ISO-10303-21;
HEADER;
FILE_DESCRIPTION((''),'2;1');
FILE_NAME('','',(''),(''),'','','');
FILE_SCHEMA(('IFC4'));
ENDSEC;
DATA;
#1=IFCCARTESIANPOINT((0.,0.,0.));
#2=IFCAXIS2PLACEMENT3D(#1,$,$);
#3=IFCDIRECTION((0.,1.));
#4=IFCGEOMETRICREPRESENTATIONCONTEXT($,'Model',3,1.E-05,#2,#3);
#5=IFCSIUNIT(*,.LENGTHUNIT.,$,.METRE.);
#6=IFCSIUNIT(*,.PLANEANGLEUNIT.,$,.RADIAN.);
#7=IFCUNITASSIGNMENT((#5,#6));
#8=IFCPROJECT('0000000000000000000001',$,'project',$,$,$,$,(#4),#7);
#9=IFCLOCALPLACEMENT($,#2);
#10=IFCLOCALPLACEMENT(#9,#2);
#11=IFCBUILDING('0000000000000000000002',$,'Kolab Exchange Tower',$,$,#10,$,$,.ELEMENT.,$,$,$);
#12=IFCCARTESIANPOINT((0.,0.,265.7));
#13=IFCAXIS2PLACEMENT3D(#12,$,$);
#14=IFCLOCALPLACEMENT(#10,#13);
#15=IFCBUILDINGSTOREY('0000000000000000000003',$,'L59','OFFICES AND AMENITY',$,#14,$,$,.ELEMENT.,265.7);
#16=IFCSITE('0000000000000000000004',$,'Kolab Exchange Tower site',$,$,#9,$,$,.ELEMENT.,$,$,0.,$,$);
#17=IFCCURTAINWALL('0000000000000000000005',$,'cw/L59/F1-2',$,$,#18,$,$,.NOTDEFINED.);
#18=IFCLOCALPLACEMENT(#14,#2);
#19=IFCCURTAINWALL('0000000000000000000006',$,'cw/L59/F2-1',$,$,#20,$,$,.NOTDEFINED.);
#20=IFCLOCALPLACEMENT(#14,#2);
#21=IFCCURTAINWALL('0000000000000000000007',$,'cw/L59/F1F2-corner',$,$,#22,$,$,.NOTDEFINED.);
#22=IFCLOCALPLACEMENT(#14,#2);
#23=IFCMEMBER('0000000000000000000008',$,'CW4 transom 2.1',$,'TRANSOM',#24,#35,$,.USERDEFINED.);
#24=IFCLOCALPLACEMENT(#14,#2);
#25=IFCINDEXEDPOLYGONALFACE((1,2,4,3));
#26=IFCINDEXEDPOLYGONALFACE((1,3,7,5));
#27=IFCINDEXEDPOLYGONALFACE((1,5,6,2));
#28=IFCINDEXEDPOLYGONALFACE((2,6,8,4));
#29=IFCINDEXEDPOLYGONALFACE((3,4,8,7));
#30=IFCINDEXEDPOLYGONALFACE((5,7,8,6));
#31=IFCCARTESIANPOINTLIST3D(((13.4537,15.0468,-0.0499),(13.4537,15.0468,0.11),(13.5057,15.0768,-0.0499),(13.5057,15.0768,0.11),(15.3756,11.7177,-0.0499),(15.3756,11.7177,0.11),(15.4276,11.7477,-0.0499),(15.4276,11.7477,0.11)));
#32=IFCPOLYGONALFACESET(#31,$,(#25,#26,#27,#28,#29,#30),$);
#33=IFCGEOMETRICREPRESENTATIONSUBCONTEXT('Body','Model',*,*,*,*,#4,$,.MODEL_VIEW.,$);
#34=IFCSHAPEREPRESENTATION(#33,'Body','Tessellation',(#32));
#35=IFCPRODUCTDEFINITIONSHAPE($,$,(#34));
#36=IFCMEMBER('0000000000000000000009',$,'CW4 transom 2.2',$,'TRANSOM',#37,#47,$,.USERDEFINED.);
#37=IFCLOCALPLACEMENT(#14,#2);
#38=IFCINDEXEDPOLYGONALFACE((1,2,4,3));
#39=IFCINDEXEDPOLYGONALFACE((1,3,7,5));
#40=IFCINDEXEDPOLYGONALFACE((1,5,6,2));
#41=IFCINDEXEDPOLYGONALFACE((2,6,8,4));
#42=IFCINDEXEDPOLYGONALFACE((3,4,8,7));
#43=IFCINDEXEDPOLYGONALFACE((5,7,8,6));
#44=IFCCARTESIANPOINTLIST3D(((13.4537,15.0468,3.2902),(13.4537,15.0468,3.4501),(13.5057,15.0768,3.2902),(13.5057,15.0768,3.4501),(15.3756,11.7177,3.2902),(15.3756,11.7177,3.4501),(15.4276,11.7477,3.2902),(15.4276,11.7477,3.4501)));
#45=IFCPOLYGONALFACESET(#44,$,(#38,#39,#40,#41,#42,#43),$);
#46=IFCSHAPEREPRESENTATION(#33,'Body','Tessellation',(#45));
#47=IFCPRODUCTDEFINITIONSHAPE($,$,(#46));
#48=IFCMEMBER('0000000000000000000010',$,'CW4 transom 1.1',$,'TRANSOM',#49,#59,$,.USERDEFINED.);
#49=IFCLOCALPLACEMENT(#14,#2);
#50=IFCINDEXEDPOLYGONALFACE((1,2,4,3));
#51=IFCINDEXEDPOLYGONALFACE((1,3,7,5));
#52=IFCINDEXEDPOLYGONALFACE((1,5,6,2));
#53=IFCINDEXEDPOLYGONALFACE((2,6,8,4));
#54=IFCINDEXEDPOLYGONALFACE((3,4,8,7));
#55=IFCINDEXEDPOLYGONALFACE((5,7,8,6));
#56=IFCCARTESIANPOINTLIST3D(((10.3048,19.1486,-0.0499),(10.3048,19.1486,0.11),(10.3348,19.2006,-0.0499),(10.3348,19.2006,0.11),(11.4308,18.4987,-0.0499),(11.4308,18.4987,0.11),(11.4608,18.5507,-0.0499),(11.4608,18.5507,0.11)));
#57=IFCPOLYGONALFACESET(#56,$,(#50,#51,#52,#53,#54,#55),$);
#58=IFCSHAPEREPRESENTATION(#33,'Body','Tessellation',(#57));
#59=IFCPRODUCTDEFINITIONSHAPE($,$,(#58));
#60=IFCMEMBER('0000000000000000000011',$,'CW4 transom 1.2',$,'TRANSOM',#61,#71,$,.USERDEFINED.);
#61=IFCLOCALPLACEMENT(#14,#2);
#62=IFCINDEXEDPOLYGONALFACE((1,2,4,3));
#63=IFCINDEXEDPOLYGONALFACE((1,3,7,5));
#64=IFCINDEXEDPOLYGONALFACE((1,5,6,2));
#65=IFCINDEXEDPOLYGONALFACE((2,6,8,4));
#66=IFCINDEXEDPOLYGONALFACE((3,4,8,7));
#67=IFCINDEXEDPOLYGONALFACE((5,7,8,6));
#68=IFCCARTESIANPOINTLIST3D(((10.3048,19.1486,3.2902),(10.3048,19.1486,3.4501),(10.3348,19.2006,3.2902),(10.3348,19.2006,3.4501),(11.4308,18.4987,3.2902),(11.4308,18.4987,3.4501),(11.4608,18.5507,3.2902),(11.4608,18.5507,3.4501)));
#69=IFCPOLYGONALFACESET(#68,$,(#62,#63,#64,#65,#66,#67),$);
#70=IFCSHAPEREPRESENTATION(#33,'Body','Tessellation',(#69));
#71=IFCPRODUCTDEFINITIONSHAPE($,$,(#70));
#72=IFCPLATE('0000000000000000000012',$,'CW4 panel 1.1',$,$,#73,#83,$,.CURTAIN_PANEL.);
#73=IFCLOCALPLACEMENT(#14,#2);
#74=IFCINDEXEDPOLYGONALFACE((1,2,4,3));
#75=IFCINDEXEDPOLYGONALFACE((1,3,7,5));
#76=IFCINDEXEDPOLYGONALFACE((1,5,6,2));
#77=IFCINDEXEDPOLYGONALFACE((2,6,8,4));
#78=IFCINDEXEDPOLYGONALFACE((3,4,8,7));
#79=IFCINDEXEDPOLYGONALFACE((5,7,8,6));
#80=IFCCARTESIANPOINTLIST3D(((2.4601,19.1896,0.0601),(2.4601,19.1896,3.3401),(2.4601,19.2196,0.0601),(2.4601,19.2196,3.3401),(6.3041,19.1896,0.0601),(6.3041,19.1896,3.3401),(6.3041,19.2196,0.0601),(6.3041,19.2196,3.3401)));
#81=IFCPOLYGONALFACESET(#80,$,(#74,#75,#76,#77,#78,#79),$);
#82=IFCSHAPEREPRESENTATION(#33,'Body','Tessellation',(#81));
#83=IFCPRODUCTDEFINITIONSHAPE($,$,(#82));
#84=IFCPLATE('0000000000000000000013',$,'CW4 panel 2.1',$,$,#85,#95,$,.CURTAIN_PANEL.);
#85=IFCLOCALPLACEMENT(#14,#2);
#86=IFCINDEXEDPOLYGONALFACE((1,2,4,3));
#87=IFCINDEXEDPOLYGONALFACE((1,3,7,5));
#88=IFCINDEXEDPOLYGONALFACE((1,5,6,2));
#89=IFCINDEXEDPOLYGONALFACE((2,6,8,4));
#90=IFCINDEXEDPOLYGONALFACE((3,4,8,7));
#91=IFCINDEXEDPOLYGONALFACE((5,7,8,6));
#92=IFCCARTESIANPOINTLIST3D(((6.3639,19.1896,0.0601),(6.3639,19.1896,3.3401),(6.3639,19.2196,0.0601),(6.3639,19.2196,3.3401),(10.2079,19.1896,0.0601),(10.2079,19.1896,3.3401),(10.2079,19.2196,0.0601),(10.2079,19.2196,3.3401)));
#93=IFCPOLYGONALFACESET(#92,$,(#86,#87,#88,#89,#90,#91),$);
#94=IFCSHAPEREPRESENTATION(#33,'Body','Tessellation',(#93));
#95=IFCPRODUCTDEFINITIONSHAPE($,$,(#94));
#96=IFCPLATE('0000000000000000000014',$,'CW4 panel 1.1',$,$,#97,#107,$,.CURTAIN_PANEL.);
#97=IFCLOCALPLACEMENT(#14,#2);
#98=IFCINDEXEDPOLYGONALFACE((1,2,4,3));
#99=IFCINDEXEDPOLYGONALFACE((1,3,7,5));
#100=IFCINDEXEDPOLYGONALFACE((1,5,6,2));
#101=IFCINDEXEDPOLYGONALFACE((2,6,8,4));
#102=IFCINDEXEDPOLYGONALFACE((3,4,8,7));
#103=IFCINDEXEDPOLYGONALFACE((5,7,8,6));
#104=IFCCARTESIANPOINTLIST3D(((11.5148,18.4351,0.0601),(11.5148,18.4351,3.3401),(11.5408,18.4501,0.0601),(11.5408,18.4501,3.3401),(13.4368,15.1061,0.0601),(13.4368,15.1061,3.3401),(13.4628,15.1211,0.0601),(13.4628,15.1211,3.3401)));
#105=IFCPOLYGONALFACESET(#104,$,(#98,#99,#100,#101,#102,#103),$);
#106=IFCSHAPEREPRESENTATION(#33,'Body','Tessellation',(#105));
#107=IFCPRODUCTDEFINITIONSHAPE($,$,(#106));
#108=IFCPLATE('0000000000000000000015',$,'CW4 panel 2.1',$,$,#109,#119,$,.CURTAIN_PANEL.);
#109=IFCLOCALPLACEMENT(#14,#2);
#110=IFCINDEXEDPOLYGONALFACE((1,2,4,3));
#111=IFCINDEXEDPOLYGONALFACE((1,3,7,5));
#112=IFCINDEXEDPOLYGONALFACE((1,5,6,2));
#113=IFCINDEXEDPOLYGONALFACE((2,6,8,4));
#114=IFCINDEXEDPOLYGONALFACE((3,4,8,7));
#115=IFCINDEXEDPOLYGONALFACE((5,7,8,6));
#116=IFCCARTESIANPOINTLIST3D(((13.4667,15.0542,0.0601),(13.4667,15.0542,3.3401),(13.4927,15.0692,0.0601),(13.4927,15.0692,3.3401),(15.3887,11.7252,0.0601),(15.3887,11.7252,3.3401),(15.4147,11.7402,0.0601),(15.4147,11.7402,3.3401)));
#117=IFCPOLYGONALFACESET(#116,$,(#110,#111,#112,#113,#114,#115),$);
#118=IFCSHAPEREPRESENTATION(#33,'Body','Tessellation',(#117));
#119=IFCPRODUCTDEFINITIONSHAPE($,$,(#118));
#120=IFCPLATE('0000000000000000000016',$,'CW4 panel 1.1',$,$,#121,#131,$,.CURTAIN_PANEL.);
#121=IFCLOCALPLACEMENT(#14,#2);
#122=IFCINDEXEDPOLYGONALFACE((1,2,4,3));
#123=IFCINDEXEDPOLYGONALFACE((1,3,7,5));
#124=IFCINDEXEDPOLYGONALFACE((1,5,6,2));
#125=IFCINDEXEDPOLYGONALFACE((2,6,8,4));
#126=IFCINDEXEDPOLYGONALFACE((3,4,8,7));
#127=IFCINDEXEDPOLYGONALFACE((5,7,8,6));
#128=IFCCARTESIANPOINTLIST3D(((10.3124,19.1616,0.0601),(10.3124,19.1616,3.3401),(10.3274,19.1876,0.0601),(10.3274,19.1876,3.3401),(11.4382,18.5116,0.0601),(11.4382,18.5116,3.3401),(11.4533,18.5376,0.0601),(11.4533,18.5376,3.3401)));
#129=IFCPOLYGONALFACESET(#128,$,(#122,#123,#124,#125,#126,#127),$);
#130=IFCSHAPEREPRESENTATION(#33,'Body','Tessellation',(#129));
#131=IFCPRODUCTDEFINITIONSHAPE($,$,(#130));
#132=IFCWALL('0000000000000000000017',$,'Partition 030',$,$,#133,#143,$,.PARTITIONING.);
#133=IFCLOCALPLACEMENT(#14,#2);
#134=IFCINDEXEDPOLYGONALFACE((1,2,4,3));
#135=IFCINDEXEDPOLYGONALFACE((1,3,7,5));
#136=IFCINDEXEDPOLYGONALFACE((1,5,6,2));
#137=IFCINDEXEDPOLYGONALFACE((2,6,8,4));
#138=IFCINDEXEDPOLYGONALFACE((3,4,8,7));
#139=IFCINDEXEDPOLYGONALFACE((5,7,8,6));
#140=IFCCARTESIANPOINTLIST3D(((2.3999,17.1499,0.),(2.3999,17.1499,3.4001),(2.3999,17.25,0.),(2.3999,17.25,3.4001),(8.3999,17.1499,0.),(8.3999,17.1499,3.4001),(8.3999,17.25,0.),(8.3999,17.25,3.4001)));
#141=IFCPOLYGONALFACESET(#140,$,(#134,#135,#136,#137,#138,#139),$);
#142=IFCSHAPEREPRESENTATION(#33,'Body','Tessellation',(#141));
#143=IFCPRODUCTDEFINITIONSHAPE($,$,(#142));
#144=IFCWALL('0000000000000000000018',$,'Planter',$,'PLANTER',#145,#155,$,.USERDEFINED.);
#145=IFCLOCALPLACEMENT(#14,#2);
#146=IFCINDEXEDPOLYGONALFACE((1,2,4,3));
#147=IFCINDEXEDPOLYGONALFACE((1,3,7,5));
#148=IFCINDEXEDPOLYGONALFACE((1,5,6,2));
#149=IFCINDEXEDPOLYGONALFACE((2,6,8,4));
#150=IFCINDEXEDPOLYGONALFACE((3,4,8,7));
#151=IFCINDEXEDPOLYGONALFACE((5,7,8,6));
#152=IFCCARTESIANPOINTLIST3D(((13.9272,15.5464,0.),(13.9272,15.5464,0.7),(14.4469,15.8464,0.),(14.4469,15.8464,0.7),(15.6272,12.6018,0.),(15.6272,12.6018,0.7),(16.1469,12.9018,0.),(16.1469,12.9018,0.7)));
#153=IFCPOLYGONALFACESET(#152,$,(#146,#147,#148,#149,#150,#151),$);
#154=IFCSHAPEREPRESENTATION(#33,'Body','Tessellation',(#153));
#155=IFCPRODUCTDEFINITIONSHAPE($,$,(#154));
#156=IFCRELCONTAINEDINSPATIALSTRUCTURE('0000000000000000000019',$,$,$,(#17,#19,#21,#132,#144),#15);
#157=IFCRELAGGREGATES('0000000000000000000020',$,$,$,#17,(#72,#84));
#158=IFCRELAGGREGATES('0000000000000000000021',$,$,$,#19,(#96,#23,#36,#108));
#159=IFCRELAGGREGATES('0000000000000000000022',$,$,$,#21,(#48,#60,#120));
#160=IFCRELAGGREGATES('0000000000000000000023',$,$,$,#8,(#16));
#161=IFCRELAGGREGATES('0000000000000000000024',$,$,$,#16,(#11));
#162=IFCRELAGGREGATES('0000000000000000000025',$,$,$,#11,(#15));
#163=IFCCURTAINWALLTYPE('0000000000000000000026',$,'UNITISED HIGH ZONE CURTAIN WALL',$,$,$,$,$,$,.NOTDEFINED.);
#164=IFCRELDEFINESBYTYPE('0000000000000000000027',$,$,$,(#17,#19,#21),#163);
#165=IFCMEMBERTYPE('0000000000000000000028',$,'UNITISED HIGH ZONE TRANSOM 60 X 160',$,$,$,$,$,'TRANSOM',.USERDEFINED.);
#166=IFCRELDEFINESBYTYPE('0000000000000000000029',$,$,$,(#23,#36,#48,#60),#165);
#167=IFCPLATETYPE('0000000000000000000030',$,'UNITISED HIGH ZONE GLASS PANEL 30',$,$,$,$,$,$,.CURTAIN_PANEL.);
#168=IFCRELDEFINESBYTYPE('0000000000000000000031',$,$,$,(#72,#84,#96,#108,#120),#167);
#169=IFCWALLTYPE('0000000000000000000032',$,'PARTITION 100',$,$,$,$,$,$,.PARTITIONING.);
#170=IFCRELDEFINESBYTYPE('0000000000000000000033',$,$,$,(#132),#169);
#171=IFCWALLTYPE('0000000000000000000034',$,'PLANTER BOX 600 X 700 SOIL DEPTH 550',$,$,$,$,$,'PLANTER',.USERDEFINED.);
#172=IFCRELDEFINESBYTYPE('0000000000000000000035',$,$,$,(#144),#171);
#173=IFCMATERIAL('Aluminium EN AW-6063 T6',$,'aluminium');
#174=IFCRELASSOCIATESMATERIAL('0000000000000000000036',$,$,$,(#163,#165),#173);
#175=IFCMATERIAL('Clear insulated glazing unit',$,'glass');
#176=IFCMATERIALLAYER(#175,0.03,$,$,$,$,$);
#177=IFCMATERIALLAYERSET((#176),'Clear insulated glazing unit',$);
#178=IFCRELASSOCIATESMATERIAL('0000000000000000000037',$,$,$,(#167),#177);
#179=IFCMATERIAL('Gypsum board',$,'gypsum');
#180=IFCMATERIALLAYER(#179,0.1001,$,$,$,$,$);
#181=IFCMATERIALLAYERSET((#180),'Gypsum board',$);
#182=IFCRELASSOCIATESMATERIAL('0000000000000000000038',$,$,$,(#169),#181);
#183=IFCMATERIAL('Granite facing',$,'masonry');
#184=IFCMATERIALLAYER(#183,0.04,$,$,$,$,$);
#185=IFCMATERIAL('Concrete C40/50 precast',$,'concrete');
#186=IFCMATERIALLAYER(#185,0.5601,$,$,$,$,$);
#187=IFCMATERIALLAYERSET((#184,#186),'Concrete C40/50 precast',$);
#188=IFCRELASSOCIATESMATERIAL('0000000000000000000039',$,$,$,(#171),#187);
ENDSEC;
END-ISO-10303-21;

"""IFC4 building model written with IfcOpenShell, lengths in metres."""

from ifc_helpers import new_model, si_unit, direction, frame, frame_2d, origin, origin_2d, place, context, subcontext, project, spatial, rectangle, extrude, material, layer, layer_set, material_profile, profile_set, type_object, element, aggregate, save


model = new_model("IFC4")

# Units and contexts
model_context = context("Model", 3, precision=1e-05, world=origin(), true_north=direction((0.0, 1.0)))
body_context = subcontext(model_context, "Body", "Model", "MODEL_VIEW")
ifc_project = project(units=[si_unit("LENGTHUNIT", "METRE"), si_unit("PLANEANGLEUNIT", "RADIAN")], contexts=[model_context])

# Site, building, storey
site_placement = place(None, origin())
site = spatial("IfcSite", under=ifc_project, at=site_placement, Name="Kolab Exchange Tower site", CompositionType="ELEMENT", RefElevation=0.0)
building_placement = place(site_placement, origin())
building = spatial("IfcBuilding", under=site, at=building_placement, Name="Kolab Exchange Tower", CompositionType="ELEMENT")
storey_placement = place(building_placement, frame((0.0, 0.0, 265.7)))
storey = spatial("IfcBuildingStorey", under=building, at=storey_placement, Name="L59", Description="OFFICES AND AMENITY", CompositionType="ELEMENT", Elevation=265.7)

# Curtain walls
ifc_material_1 = material(Name="Aluminium EN AW-6063 T6", Category="aluminium")
curtain_wall_type = type_object("IfcCurtainWallType", Name="UNITISED HIGH ZONE CURTAIN WALL", PredefinedType="NOTDEFINED", material=ifc_material_1)
curtain_wall_1_placement = place(storey_placement, origin())
curtain_wall_1 = element("IfcCurtainWall", 1, at=curtain_wall_1_placement, inside=storey, type_object=curtain_wall_type, Name="cw/L59/F1-2", PredefinedType="NOTDEFINED")
curtain_wall_2_placement = place(storey_placement, origin())
curtain_wall_2 = element("IfcCurtainWall", 2, at=curtain_wall_2_placement, inside=storey, type_object=curtain_wall_type, Name="cw/L59/F2-1", PredefinedType="NOTDEFINED")
curtain_wall_3_placement = place(storey_placement, origin())
curtain_wall_3 = element("IfcCurtainWall", 3, at=curtain_wall_3_placement, inside=storey, type_object=curtain_wall_type, Name="cw/L59/F1F2-corner", PredefinedType="NOTDEFINED")

# Members
ifc_material_profile_1 = material_profile(ifc_material_1, rectangle(XDim=0.0601, YDim=0.1599, at=origin_2d()), Name="RECT 60X160")
ifc_profile_set_1 = profile_set([ifc_material_profile_1], Name="Aluminium EN AW-6063 T6")
member_type_1 = type_object("IfcMemberType", Name="UNITISED HIGH ZONE TRANSOM 60 X 160", ElementType="TRANSOM", PredefinedType="USERDEFINED", material=ifc_profile_set_1)
member_1_placement = place(storey_placement, frame((13.4797, 15.0618, 0.03), z_axis=(0.499964, -0.866046, 0.0), x_axis=(0.866046, 0.499964, 0.0)))
member_1 = element("IfcMember", 4, at=member_1_placement, type_object=member_type_1, Name="CW4 transom 2.1", ObjectType="TRANSOM", PredefinedType="USERDEFINED", context=body_context, shape_type="SweptSolid", body=[
    extrude(rectangle(XDim=0.0601, YDim=0.1599, at=origin_2d()), origin(), (0.0, 0.0, 1.0), 3.844),
])
member_2_placement = place(storey_placement, frame((13.4797, 15.0618, 3.3701), z_axis=(0.499964, -0.866046, 0.0), x_axis=(0.866046, 0.499964, 0.0)))
member_2 = element("IfcMember", 5, at=member_2_placement, type_object=member_type_1, Name="CW4 transom 2.2", ObjectType="TRANSOM", PredefinedType="USERDEFINED", context=body_context, shape_type="SweptSolid", body=[
    extrude(rectangle(XDim=0.0601, YDim=0.1599, at=origin_2d()), origin(), (0.0, 0.0, 1.0), 3.844),
])
member_3_placement = place(storey_placement, frame((10.3198, 19.1746, 0.03), z_axis=(0.866086, -0.499896, 0.0), x_axis=(0.499896, 0.866086, 0.0)))
member_3 = element("IfcMember", 6, at=member_3_placement, type_object=member_type_1, Name="CW4 transom 1.1", ObjectType="TRANSOM", PredefinedType="USERDEFINED", context=body_context, shape_type="SweptSolid", body=[
    extrude(rectangle(XDim=0.0601, YDim=0.1599, at=origin_2d()), origin(), (0.0, 0.0, 1.0), 1.3),
])
member_4_placement = place(storey_placement, frame((10.3198, 19.1746, 3.3701), z_axis=(0.866086, -0.499896, 0.0), x_axis=(0.499896, 0.866086, 0.0)))
member_4 = element("IfcMember", 7, at=member_4_placement, type_object=member_type_1, Name="CW4 transom 1.2", ObjectType="TRANSOM", PredefinedType="USERDEFINED", context=body_context, shape_type="SweptSolid", body=[
    extrude(rectangle(XDim=0.0601, YDim=0.1599, at=origin_2d()), origin(), (0.0, 0.0, 1.0), 1.3),
])

# Plates
ifc_material_2 = material(Name="Clear insulated glazing unit", Category="glass")
ifc_layer_1 = layer(ifc_material_2, 0.03)
ifc_layer_set_1 = layer_set([ifc_layer_1], Name="Clear insulated glazing unit")
plate_type = type_object("IfcPlateType", Name="UNITISED HIGH ZONE GLASS PANEL 30", PredefinedType="CURTAIN_PANEL", material=ifc_layer_set_1)
plate_1_placement = place(storey_placement, frame((4.3821, 19.2046, 0.0601), z_axis=(0.0, 0.0, 1.0), x_axis=(1.0, 0.0, 0.0)))
plate_1 = element("IfcPlate", 8, at=plate_1_placement, type_object=plate_type, Name="CW4 panel 1.1", PredefinedType="CURTAIN_PANEL", context=body_context, shape_type="SweptSolid", body=[
    extrude(rectangle(XDim=3.844, YDim=0.03, at=origin_2d()), origin(), (0.0, 0.0, 1.0), 3.28),
])
plate_2_placement = place(storey_placement, frame((8.2859, 19.2046, 0.0601), z_axis=(0.0, 0.0, 1.0), x_axis=(1.0, 0.0, 0.0)))
plate_2 = element("IfcPlate", 9, at=plate_2_placement, type_object=plate_type, Name="CW4 panel 2.1", PredefinedType="CURTAIN_PANEL", context=body_context, shape_type="SweptSolid", body=[
    extrude(rectangle(XDim=3.844, YDim=0.03, at=origin_2d()), origin(), (0.0, 0.0, 1.0), 3.28),
])
aggregate(curtain_wall_1, [plate_1, plate_2])
plate_3_placement = place(storey_placement, frame((12.4888, 16.7781, 0.0601), z_axis=(0.0, 0.0, 1.0), x_axis=(0.5, -0.866025, 0.0)))
plate_3 = element("IfcPlate", 10, at=plate_3_placement, type_object=plate_type, Name="CW4 panel 1.1", PredefinedType="CURTAIN_PANEL", context=body_context, shape_type="SweptSolid", body=[
    extrude(rectangle(XDim=3.844, YDim=0.03, at=origin_2d()), origin(), (0.0, 0.0, 1.0), 3.28),
])
plate_4_placement = place(storey_placement, frame((14.4407, 13.3972, 0.0601), z_axis=(0.0, 0.0, 1.0), x_axis=(0.5, -0.866025, 0.0)))
plate_4 = element("IfcPlate", 11, at=plate_4_placement, type_object=plate_type, Name="CW4 panel 2.1", PredefinedType="CURTAIN_PANEL", context=body_context, shape_type="SweptSolid", body=[
    extrude(rectangle(XDim=3.844, YDim=0.03, at=origin_2d()), origin(), (0.0, 0.0, 1.0), 3.28),
])
aggregate(curtain_wall_2, [plate_3, member_1, member_2, plate_4])
plate_5_placement = place(storey_placement, frame((10.8828, 18.8496, 0.0601), z_axis=(0.0, 0.0, 1.0), x_axis=(0.866025, -0.5, 0.0)))
plate_5 = element("IfcPlate", 12, at=plate_5_placement, type_object=plate_type, Name="CW4 panel 1.1", PredefinedType="CURTAIN_PANEL", context=body_context, shape_type="SweptSolid", body=[
    extrude(rectangle(XDim=1.3, YDim=0.03, at=origin_2d()), origin(), (0.0, 0.0, 1.0), 3.28),
])
aggregate(curtain_wall_3, [member_3, member_4, plate_5])

# Walls
ifc_material_3 = material(Name="Gypsum board", Category="gypsum")
ifc_layer_2 = layer(ifc_material_3, 0.1001)
ifc_layer_set_2 = layer_set([ifc_layer_2], Name="Gypsum board")
wall_type_1 = type_object("IfcWallType", Name="PARTITION 100", PredefinedType="PARTITIONING", material=ifc_layer_set_2)
wall_1_placement = place(storey_placement, frame((2.3999, 17.2, 0.0), z_axis=(0.0, 0.0, 1.0), x_axis=(1.0, 0.0, 0.0)))
element("IfcWall", 13, at=wall_1_placement, inside=storey, type_object=wall_type_1, Name="Partition 030", PredefinedType="PARTITIONING", context=body_context, shape_type="SweptSolid", body=[
    extrude(rectangle(XDim=6.0, YDim=0.1001, at=frame_2d((3.0, 0.0))), origin(), (0.0, 0.0, 1.0), 3.4001),
])
ifc_material_4 = material(Name="Granite facing", Category="masonry")
ifc_layer_3 = layer(ifc_material_4, 0.04)
ifc_material_5 = material(Name="Concrete C40/50 precast", Category="concrete")
ifc_layer_4 = layer(ifc_material_5, 0.5601)
ifc_layer_set_3 = layer_set([ifc_layer_3, ifc_layer_4], Name="Concrete C40/50 precast")
wall_type_2 = type_object("IfcWallType", Name="PLANTER BOX 600 X 700 SOIL DEPTH 550", ElementType="PLANTER", PredefinedType="USERDEFINED", material=ifc_layer_set_3)
wall_2_placement = place(storey_placement, frame((14.187, 15.6965, 0.0), z_axis=(0.0, 0.0, 1.0), x_axis=(0.499977, -0.866039, 0.0)))
element("IfcWall", 14, at=wall_2_placement, inside=storey, type_object=wall_type_2, Name="Planter", ObjectType="PLANTER", PredefinedType="USERDEFINED", context=body_context, shape_type="SweptSolid", body=[
    extrude(rectangle(XDim=3.4001, YDim=0.6001, at=frame_2d((1.7002, 0.0))), origin(), (0.0, 0.0, 1.0), 0.7),
])

save(model, "model.ifc")
